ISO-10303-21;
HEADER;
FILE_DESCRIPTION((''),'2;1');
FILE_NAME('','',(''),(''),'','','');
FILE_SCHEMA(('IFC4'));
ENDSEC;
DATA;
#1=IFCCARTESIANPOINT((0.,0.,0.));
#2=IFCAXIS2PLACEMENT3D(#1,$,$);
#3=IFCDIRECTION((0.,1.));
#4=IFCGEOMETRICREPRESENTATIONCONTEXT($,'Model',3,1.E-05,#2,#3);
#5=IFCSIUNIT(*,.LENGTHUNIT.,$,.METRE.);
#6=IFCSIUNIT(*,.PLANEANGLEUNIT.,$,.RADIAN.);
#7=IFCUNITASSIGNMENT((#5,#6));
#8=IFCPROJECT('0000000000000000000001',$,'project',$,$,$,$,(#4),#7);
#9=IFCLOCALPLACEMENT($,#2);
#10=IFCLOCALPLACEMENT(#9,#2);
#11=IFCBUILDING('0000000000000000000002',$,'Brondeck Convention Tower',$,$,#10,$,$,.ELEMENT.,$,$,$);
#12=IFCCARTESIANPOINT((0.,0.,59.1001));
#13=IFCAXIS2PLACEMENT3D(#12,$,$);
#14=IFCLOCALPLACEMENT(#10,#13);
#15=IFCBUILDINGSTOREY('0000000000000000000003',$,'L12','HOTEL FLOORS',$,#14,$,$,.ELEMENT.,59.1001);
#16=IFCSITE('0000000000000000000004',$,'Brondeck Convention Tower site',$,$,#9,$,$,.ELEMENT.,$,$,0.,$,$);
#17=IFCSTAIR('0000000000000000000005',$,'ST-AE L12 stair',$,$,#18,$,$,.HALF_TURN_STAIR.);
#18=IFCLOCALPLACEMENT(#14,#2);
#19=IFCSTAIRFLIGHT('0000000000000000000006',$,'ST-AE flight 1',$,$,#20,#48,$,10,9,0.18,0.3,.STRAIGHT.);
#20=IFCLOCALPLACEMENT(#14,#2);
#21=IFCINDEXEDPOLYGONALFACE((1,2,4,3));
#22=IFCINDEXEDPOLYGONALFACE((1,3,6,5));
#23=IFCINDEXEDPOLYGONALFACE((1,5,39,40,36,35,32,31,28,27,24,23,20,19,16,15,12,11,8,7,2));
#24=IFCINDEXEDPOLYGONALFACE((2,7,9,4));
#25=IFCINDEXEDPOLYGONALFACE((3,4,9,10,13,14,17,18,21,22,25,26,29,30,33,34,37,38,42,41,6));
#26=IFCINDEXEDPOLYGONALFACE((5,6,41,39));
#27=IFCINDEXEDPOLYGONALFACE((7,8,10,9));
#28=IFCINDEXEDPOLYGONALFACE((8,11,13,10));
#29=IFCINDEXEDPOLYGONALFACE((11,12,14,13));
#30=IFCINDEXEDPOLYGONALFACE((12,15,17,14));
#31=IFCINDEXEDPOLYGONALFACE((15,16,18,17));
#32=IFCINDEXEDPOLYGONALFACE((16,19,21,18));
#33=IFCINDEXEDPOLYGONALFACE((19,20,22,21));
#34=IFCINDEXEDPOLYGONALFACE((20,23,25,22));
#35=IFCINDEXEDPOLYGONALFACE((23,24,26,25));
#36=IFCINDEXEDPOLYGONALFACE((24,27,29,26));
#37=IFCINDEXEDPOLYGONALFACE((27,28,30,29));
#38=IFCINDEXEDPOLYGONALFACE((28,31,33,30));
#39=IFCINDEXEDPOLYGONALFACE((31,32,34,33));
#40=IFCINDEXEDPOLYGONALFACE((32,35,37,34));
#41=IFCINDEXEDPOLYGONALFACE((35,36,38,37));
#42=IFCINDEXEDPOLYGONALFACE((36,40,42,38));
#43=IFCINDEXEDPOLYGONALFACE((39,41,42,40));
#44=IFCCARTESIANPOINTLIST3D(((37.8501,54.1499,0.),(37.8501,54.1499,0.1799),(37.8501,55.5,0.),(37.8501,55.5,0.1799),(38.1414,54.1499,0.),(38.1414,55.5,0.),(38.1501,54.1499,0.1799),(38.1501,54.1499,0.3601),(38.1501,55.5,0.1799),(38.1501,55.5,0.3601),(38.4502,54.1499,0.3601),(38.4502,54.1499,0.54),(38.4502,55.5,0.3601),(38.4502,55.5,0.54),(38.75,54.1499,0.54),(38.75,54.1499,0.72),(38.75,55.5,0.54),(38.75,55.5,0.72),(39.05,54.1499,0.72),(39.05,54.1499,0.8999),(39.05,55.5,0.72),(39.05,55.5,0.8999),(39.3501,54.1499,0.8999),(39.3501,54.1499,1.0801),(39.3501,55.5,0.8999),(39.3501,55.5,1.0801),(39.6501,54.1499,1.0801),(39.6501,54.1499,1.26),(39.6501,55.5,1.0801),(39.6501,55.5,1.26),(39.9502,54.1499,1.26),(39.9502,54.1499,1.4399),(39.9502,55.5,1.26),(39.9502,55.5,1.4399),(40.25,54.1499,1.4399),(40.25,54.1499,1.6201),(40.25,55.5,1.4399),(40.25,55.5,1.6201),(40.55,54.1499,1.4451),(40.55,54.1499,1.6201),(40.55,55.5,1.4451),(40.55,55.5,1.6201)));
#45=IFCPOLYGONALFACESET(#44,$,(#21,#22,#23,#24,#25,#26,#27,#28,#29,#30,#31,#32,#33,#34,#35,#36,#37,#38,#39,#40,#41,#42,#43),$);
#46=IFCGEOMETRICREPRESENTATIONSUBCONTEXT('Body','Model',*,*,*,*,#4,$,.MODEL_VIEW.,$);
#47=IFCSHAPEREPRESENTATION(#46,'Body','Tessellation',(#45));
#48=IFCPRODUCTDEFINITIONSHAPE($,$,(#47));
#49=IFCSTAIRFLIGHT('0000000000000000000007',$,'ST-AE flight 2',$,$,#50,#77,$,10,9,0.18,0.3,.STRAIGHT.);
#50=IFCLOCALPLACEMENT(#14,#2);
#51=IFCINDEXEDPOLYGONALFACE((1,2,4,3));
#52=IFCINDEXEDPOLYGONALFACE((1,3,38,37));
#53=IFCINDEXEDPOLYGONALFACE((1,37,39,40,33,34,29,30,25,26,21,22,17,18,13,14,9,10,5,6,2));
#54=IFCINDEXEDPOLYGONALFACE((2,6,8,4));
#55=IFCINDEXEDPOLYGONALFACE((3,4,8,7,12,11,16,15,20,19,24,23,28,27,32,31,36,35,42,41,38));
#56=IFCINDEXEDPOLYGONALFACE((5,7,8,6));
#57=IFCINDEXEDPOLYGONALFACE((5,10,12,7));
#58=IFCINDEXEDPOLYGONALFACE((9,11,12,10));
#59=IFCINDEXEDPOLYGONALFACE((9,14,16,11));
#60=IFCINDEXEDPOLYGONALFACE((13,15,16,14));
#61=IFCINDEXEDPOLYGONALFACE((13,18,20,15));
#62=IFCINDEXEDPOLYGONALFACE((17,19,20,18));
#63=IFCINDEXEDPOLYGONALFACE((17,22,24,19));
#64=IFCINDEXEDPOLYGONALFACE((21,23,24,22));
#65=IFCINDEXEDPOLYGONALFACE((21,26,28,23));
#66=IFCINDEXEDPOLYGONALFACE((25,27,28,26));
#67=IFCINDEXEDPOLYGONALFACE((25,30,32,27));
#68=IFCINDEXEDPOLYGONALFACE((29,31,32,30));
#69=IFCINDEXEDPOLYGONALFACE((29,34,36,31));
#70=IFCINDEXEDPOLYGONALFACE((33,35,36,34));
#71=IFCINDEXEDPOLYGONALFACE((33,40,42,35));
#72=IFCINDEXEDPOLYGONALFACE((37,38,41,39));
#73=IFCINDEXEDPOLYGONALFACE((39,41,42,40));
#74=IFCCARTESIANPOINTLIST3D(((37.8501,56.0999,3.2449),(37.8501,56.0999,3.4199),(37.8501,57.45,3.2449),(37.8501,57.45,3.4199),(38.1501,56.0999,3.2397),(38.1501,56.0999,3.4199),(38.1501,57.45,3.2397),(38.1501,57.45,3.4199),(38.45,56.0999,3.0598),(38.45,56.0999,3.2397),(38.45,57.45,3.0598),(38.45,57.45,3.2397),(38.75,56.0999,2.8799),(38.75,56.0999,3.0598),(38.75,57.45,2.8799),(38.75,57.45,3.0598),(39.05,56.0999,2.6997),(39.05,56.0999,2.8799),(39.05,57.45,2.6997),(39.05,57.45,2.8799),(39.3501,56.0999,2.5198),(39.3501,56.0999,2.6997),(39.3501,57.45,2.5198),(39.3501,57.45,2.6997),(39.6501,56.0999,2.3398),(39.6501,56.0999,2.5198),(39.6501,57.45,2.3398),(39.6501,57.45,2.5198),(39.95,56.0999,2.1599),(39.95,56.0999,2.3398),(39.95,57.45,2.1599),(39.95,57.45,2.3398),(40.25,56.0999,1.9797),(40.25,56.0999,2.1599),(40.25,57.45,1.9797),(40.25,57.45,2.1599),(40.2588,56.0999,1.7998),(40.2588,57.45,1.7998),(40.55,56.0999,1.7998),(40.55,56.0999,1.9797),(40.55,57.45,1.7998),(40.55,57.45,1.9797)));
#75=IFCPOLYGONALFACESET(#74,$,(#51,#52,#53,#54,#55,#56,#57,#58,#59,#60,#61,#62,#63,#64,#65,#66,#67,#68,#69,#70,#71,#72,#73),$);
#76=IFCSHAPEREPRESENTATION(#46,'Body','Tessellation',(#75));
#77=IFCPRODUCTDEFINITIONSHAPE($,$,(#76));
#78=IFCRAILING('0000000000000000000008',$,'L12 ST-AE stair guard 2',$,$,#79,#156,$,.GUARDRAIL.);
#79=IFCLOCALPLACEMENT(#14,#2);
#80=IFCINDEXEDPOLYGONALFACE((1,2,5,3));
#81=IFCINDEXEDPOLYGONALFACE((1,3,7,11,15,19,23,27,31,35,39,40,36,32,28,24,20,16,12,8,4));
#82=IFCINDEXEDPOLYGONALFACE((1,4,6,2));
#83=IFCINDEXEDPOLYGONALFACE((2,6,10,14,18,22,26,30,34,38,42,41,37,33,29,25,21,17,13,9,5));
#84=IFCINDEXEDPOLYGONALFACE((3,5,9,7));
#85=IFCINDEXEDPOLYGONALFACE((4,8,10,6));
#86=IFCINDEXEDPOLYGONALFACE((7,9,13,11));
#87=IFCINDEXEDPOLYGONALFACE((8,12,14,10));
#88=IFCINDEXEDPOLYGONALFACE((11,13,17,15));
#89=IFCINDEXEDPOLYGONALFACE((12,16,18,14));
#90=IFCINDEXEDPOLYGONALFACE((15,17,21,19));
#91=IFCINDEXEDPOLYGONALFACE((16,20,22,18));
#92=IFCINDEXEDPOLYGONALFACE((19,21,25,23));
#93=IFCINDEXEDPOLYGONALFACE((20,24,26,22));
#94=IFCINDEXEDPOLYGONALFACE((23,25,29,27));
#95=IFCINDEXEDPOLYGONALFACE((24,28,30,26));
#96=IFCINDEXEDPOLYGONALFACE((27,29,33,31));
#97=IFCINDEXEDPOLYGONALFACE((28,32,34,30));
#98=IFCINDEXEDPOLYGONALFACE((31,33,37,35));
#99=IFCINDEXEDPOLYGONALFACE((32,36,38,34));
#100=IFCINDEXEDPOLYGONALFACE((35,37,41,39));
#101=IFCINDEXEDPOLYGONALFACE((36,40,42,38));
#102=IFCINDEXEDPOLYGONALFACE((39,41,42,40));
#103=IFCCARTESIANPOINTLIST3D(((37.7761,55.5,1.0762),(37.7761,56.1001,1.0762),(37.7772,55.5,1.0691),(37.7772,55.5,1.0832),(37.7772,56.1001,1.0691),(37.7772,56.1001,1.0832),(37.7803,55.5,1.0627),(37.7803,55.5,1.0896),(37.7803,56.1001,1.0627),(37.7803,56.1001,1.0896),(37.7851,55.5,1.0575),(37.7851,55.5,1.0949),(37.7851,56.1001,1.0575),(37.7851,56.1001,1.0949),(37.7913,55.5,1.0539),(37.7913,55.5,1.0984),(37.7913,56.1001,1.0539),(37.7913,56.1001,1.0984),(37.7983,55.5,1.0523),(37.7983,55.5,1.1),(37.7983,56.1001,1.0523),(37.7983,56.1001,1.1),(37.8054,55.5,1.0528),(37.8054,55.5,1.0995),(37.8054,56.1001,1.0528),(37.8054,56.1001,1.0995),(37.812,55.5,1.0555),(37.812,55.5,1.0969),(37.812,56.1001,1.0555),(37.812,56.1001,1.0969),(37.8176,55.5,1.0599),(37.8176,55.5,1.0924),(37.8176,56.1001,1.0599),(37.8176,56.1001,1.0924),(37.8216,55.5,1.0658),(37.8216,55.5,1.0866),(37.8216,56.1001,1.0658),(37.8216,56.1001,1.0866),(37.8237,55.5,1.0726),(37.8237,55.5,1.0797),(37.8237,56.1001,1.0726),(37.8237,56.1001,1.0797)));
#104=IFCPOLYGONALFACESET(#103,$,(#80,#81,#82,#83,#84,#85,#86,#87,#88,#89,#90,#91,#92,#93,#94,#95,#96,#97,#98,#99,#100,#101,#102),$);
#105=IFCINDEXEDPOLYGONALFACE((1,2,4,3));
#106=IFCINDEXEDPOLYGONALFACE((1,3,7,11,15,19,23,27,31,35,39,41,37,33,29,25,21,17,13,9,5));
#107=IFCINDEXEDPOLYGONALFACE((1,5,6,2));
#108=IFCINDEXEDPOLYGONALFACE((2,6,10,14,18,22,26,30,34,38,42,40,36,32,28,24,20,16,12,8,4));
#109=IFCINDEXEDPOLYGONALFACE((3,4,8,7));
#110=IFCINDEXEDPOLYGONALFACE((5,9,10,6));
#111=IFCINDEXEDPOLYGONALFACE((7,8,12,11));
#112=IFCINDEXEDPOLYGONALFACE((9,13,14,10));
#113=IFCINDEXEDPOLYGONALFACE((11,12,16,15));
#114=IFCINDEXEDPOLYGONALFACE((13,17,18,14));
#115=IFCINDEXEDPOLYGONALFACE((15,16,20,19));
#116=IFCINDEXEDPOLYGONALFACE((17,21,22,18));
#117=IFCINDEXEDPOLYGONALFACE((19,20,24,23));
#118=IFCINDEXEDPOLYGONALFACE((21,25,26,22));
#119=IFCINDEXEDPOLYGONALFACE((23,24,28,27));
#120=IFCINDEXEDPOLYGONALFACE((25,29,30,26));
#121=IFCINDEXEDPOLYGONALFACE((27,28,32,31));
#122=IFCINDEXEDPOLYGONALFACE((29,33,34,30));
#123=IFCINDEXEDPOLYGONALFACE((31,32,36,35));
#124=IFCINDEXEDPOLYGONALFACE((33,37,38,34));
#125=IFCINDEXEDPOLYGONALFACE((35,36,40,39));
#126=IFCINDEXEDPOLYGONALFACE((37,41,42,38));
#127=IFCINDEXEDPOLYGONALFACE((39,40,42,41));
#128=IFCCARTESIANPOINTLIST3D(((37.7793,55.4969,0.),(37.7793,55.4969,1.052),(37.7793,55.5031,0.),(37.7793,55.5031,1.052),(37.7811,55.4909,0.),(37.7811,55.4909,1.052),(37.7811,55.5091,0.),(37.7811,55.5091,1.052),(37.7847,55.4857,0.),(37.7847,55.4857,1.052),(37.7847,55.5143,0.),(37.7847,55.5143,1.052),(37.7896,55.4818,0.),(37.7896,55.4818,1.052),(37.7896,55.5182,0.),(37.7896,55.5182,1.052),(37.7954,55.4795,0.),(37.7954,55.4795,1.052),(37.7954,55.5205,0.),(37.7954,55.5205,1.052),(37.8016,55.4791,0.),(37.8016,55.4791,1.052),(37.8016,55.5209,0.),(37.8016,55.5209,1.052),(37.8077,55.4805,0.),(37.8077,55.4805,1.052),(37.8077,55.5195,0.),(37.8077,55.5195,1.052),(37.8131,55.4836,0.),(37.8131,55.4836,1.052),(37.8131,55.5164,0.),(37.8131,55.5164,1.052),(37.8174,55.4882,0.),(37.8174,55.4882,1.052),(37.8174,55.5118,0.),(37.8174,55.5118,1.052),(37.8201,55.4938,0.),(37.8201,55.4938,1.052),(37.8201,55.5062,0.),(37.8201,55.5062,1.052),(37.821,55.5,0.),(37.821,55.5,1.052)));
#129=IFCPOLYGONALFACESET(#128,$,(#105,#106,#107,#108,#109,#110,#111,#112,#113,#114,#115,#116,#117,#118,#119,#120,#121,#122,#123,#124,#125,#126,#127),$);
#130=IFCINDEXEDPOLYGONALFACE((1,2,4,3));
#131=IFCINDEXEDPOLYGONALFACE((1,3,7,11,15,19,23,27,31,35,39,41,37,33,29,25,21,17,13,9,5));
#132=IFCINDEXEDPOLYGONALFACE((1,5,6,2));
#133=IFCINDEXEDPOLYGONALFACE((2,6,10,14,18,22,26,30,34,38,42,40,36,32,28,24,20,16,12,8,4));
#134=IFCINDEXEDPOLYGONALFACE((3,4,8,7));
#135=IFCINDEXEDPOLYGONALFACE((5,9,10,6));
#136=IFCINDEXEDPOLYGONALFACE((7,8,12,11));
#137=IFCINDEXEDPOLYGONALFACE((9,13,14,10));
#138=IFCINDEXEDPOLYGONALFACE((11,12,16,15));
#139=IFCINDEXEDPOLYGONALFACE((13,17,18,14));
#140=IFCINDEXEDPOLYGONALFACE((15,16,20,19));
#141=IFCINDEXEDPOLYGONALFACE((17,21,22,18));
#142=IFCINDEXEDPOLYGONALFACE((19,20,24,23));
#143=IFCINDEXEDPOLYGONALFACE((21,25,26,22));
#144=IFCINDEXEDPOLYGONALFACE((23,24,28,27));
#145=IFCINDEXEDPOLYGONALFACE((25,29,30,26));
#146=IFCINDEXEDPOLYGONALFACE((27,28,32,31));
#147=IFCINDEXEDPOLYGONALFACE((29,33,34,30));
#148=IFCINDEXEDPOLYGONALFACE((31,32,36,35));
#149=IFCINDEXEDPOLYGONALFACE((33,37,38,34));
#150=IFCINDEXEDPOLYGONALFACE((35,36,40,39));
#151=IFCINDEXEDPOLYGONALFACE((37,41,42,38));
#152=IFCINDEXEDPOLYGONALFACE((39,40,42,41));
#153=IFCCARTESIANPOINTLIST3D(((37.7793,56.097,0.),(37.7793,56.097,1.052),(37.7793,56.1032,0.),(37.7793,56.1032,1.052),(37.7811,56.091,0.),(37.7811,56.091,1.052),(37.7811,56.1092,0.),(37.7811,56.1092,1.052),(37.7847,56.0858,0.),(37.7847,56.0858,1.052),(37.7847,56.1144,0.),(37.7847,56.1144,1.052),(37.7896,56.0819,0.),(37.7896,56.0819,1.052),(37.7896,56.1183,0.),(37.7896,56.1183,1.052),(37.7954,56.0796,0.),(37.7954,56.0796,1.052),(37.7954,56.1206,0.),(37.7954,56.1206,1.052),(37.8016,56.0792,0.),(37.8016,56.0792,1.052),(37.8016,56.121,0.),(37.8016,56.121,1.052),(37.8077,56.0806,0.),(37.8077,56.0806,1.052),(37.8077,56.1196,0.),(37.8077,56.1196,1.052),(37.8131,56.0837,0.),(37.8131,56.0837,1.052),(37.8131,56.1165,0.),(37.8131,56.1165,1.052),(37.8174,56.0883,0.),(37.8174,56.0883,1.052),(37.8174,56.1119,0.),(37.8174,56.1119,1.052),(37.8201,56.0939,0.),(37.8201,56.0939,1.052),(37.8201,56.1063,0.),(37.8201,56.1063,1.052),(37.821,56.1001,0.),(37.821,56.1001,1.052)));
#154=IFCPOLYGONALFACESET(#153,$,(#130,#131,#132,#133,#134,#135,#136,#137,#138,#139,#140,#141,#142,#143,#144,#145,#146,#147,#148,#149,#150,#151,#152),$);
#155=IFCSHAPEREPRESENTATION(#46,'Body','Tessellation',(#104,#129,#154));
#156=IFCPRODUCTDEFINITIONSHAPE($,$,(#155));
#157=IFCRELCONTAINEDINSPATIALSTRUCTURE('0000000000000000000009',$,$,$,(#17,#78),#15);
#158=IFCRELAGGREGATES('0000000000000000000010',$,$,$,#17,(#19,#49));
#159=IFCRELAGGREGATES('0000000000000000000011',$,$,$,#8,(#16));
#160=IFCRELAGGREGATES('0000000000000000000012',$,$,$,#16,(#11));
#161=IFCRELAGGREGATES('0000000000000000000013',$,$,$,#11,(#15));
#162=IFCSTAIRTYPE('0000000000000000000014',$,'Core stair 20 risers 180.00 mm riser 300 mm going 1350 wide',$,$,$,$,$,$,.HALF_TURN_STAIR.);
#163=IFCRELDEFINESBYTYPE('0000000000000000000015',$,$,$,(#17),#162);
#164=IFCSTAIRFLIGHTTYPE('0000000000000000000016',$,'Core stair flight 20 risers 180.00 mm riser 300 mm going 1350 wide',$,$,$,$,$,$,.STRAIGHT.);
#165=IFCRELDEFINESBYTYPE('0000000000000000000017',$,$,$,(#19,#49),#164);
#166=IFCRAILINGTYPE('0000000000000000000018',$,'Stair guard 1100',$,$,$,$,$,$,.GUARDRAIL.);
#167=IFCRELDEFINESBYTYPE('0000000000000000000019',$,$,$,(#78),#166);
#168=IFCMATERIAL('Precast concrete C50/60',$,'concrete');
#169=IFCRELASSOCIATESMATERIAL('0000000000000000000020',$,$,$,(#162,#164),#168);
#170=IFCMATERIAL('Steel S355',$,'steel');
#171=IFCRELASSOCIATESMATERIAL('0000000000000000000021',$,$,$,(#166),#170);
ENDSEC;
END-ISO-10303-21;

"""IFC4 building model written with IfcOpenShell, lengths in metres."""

from ifc_helpers import new_model, si_unit, direction, frame, origin, origin_2d, place, context, subcontext, project, spatial, polyline, circle, outline, extrude, material, type_object, element, aggregate, save


model = new_model("IFC4")

# Units and contexts
model_context = context("Model", 3, precision=1e-05, world=origin(), true_north=direction((0.0, 1.0)))
body_context = subcontext(model_context, "Body", "Model", "MODEL_VIEW")
ifc_project = project(units=[si_unit("LENGTHUNIT", "METRE"), si_unit("PLANEANGLEUNIT", "RADIAN")], contexts=[model_context])

# Site, building, storey
site_placement = place(None, origin())
site = spatial("IfcSite", under=ifc_project, at=site_placement, Name="Brondeck Convention Tower site", CompositionType="ELEMENT", RefElevation=0.0)
building_placement = place(site_placement, origin())
building = spatial("IfcBuilding", under=site, at=building_placement, Name="Brondeck Convention Tower", CompositionType="ELEMENT")
storey_placement = place(building_placement, frame((0.0, 0.0, 59.1001)))
storey = spatial("IfcBuildingStorey", under=building, at=storey_placement, Name="L12", Description="HOTEL FLOORS", CompositionType="ELEMENT", Elevation=59.1001)

# Stair, stair flights
ifc_material_1 = material(Name="Precast concrete C50/60", Category="concrete")
stair_type = type_object("IfcStairType", Name="Core stair 20 risers 180.00 mm riser 300 mm going 1350 wide", PredefinedType="HALF_TURN_STAIR", material=ifc_material_1)
stair_placement = place(storey_placement, origin())
stair = element("IfcStair", 1, at=stair_placement, inside=storey, type_object=stair_type, Name="ST-AE L12 stair", PredefinedType="HALF_TURN_STAIR")
stair_flight_type = type_object("IfcStairFlightType", Name="Core stair flight 20 risers 180.00 mm riser 300 mm going 1350 wide", PredefinedType="STRAIGHT", material=ifc_material_1)
stair_flight_1_placement = place(storey_placement, frame((37.8501, 54.825, 0.0), z_axis=(0.0, 0.0, 1.0), x_axis=(1.0, 0.0, 0.0)))
stair_flight_1 = element("IfcStairFlight", 2, at=stair_flight_1_placement, type_object=stair_flight_type, Name="ST-AE flight 1", NumberOfRisers=10, NumberOfTreads=9, PredefinedType="STRAIGHT", RiserHeight=0.18, TreadLength=0.3, context=body_context, shape_type="SweptSolid", body=[
    extrude(outline(polyline([(0.0, 0.0), (0.0, 0.1799), (0.3, 0.1799), (0.3, 0.3601), (0.6001, 0.3601), (0.6001, 0.54), (0.8999, 0.54), (0.8999, 0.72), (1.2, 0.72), (1.2, 0.8999), (1.5, 0.8999), (1.5, 1.0801), (1.8, 1.0801), (1.8, 1.26), (2.1001, 1.26), (2.1001, 1.4399), (2.3999, 1.4399), (2.3999, 1.6201), (2.7, 1.6201), (2.7, 1.8), (2.7, 1.4451), (0.2913, 0.0), (0.0, 0.0)])), frame((0.0, 0.675, 0.0), z_axis=(0.0, -1.0, 0.0), x_axis=(1.0, 0.0, 0.0)), (0.0, 0.0, 1.0), 1.3501),
])
stair_flight_2_placement = place(storey_placement, frame((40.55, 56.7749, 1.7998), z_axis=(0.0, 0.0, 1.0), x_axis=(-1.0, 0.0, 0.0)))
stair_flight_2 = element("IfcStairFlight", 3, at=stair_flight_2_placement, type_object=stair_flight_type, Name="ST-AE flight 2", NumberOfRisers=10, NumberOfTreads=9, PredefinedType="STRAIGHT", RiserHeight=0.18, TreadLength=0.3, context=body_context, shape_type="SweptSolid", body=[
    extrude(outline(polyline([(0.0, 0.0), (0.0, 0.1799), (0.3, 0.1799), (0.3, 0.3601), (0.6001, 0.3601), (0.6001, 0.54), (0.8999, 0.54), (0.8999, 0.72), (1.2, 0.72), (1.2, 0.8999), (1.5, 0.8999), (1.5, 1.0801), (1.8, 1.0801), (1.8, 1.26), (2.1001, 1.26), (2.1001, 1.4399), (2.3999, 1.4399), (2.3999, 1.6201), (2.7, 1.6201), (2.7, 1.8), (2.7, 1.4451), (0.2913, 0.0), (0.0, 0.0)])), frame((0.0, 0.675, 0.0), z_axis=(0.0, -1.0, 0.0), x_axis=(1.0, 0.0, 0.0)), (0.0, 0.0, 1.0), 1.3501),
])
aggregate(stair, [stair_flight_1, stair_flight_2])

# Railing
ifc_material_2 = material(Name="Steel S355", Category="steel")
railing_type_1 = type_object("IfcRailingType", Name="Stair guard 1100", PredefinedType="GUARDRAIL", material=ifc_material_2)
railing_1_placement = place(storey_placement, frame((37.8, 55.5, 0.0)))
element("IfcRailing", 4, at=railing_1_placement, inside=storey, type_object=railing_type_1, Name="L12 ST-AE stair guard 2", PredefinedType="GUARDRAIL", context=body_context, shape_type="SweptSolid", body=[
    extrude(circle(Radius=0.0239, at=origin_2d()), frame((0.0, 0.0, 1.0762), z_axis=(0.0, 1.0, 0.0), x_axis=(-1.0, 0.0, 0.0)), (0.0, 0.0, 1.0), 0.6001),
    extrude(circle(Radius=0.021, at=origin_2d()), origin(), (0.0, 0.0, 1.0), 1.052),
    extrude(circle(Radius=0.021, at=origin_2d()), frame((0.0, 0.6001, 0.0)), (0.0, 0.0, 1.0), 1.052),
])

save(model, "model.ifc")
